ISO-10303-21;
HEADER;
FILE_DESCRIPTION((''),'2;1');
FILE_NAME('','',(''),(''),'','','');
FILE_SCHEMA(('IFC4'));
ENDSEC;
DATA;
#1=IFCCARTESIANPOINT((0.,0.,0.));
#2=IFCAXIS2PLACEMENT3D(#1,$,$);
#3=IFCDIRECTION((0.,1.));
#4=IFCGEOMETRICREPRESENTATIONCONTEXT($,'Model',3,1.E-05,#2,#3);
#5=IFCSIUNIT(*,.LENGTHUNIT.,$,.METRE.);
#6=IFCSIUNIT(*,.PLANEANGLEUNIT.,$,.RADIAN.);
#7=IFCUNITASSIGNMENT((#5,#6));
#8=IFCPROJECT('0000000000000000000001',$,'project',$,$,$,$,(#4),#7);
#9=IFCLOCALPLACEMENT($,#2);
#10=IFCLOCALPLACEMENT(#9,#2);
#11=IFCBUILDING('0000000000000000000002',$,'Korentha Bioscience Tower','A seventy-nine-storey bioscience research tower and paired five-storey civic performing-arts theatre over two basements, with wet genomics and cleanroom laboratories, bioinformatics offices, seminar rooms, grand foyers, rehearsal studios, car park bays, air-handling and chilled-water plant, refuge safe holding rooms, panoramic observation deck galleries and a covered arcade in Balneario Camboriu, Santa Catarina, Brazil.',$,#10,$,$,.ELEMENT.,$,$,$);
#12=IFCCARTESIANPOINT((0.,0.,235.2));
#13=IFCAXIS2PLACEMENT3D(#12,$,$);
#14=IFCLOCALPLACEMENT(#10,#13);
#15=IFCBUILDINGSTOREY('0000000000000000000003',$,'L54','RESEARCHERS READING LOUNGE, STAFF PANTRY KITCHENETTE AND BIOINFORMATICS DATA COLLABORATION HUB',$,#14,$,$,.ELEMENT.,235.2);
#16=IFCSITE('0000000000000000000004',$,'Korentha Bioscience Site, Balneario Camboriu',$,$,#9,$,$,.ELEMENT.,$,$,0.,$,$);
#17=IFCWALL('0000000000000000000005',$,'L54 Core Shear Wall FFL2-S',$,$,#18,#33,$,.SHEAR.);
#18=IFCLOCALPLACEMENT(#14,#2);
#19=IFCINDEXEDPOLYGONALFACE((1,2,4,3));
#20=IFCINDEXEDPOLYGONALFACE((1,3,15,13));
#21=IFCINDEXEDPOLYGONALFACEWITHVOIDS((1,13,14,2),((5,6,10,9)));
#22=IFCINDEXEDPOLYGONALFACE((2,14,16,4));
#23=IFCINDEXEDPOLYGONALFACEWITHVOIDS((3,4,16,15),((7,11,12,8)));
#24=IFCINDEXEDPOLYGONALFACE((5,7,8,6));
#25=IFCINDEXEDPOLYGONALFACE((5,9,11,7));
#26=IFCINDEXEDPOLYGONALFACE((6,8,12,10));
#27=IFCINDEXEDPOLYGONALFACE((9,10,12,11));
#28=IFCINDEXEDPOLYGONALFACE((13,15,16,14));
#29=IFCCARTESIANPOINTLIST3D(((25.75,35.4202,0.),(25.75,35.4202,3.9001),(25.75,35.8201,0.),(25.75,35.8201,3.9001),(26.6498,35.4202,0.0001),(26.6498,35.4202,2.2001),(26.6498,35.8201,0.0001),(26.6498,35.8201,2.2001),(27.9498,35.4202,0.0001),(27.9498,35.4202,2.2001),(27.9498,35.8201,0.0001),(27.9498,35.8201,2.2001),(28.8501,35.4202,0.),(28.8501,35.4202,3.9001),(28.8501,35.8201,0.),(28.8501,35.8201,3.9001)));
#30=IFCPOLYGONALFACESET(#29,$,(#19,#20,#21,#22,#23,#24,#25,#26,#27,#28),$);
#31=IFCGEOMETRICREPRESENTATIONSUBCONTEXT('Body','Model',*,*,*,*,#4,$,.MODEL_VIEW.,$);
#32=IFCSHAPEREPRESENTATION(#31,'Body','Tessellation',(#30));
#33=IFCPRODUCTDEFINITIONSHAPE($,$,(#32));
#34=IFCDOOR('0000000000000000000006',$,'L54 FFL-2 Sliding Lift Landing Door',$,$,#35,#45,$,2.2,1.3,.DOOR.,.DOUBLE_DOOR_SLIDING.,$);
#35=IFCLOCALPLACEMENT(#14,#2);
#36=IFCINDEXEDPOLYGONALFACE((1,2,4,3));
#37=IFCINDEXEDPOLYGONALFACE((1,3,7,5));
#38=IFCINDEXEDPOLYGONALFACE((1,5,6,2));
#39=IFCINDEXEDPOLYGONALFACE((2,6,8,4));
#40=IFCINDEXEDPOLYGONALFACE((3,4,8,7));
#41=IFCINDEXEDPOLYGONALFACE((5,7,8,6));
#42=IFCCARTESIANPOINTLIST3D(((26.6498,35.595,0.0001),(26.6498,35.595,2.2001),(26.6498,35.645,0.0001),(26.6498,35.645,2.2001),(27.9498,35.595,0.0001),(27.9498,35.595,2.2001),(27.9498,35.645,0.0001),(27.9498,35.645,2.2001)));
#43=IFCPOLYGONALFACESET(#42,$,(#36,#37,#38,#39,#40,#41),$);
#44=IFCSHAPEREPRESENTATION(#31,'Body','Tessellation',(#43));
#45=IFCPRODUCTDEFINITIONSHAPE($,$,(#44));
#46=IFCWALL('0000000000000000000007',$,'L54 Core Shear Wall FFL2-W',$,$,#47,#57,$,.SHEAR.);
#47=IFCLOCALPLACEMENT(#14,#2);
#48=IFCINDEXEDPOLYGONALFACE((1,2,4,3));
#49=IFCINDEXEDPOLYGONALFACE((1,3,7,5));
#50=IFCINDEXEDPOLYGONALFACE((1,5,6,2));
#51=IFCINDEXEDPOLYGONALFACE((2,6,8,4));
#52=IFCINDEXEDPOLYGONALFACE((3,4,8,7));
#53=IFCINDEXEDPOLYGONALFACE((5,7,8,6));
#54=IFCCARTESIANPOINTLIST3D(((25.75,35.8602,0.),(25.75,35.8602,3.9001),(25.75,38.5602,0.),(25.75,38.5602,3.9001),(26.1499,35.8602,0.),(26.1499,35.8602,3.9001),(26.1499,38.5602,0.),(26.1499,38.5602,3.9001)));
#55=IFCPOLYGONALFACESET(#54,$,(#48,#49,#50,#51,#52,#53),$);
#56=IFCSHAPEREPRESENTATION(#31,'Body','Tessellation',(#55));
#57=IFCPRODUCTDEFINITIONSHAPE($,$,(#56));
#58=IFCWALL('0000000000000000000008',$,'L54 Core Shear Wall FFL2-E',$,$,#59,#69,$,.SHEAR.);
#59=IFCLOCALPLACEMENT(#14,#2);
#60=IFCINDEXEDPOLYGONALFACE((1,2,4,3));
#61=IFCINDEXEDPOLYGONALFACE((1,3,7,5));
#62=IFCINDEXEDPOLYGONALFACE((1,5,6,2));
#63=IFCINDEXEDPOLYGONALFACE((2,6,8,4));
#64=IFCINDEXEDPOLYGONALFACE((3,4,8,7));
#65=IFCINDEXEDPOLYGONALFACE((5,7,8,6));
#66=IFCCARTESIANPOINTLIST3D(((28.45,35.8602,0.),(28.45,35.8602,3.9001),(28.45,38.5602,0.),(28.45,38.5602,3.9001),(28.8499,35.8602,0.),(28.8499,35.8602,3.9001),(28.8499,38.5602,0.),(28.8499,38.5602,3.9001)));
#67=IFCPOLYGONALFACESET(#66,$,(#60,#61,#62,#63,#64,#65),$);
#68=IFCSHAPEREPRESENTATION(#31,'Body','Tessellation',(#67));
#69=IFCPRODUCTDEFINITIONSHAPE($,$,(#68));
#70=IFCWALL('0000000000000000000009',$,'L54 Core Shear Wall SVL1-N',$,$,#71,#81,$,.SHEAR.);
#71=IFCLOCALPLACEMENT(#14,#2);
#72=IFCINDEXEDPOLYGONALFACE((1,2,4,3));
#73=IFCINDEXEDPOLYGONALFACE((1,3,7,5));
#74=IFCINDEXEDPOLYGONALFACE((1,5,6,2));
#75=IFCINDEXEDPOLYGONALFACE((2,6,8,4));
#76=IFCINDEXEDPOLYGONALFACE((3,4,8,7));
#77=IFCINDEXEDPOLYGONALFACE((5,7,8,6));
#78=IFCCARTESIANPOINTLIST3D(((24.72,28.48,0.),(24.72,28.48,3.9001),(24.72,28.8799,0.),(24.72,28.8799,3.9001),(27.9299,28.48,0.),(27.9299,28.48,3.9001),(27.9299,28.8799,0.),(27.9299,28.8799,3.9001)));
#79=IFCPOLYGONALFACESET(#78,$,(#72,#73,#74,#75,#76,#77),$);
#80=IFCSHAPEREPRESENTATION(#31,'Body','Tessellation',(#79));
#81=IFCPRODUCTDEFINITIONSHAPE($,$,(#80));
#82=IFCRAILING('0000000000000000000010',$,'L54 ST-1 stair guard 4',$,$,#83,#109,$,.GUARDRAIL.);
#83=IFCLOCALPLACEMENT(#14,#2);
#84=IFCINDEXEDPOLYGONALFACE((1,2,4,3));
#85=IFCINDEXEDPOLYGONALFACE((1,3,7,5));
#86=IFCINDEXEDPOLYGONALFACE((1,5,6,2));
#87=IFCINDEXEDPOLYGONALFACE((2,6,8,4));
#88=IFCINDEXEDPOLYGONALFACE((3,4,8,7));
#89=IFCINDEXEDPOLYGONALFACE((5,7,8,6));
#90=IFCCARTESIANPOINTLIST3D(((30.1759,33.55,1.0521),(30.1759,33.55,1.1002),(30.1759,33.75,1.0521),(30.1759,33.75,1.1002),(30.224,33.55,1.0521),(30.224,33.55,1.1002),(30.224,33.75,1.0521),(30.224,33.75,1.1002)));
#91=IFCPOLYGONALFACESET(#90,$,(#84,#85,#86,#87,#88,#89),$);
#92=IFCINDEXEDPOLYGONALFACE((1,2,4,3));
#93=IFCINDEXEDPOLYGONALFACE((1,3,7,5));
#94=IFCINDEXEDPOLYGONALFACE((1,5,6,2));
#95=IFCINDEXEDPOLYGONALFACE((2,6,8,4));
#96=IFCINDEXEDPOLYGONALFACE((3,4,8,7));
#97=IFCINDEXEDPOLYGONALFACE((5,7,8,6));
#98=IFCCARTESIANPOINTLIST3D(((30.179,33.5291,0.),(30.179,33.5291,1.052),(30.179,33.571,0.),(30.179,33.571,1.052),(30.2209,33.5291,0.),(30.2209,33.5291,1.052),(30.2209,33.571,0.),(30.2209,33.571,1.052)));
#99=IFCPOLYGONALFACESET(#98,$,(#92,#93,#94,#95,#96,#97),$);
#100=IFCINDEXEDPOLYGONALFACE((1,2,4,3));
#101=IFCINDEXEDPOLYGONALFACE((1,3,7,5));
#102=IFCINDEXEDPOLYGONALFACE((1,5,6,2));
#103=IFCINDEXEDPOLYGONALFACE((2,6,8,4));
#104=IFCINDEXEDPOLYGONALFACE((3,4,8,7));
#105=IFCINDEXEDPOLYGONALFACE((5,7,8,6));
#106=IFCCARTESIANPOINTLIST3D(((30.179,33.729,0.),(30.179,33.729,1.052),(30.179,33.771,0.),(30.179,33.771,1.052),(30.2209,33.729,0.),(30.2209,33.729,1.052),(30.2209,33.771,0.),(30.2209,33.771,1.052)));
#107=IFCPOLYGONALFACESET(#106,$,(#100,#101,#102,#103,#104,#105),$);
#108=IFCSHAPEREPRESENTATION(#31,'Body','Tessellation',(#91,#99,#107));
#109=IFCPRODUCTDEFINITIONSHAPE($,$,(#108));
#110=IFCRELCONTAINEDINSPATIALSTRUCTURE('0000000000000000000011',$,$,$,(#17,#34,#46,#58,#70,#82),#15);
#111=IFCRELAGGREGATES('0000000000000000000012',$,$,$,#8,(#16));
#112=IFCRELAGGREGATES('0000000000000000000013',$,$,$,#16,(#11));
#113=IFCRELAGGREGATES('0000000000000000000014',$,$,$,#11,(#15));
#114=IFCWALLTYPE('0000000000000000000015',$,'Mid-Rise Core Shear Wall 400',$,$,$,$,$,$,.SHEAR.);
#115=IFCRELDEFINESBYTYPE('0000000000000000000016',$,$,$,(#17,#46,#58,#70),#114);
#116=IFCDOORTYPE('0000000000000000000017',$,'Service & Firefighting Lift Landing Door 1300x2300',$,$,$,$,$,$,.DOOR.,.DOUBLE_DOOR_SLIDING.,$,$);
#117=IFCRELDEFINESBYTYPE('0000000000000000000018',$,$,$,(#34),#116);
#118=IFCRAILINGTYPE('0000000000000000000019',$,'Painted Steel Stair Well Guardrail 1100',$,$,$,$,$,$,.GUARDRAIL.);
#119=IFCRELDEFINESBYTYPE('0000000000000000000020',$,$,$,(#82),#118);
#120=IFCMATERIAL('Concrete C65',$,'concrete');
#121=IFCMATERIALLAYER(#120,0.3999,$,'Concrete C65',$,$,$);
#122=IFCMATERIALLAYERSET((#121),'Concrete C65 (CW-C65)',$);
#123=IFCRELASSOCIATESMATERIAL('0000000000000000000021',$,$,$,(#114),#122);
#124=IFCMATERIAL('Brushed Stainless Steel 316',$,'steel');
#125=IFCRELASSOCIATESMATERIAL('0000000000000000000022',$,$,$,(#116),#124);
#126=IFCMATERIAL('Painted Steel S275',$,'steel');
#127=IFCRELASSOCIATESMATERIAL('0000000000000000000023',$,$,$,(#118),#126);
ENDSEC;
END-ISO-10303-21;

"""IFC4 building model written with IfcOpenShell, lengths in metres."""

from ifc_helpers import new_model, si_unit, direction, frame, frame_2d, origin, origin_2d, place, context, subcontext, project, spatial, rectangle, extrude, material, layer, layer_set, type_object, element, fill, save


model = new_model("IFC4")

# Units and contexts
model_context = context("Model", 3, precision=1e-05, world=origin(), true_north=direction((0.0, 1.0)))
body_context = subcontext(model_context, "Body", "Model", "MODEL_VIEW")
ifc_project = project(units=[si_unit("LENGTHUNIT", "METRE"), si_unit("PLANEANGLEUNIT", "RADIAN")], contexts=[model_context])

# Site, building, storey
site_placement = place(None, origin())
site = spatial("IfcSite", under=ifc_project, at=site_placement, Name="Korentha Bioscience Site, Balneario Camboriu", CompositionType="ELEMENT", RefElevation=0.0)
building_placement = place(site_placement, origin())
building = spatial("IfcBuilding", under=site, at=building_placement, Name="Korentha Bioscience Tower", Description="A seventy-nine-storey bioscience research tower and paired five-storey civic performing-arts theatre over two basements, with wet genomics and cleanroom laboratories, bioinformatics offices, seminar rooms, grand foyers, rehearsal studios, car park bays, air-handling and chilled-water plant, refuge safe holding rooms, panoramic observation deck galleries and a covered arcade in Balneario Camboriu, Santa Catarina, Brazil.", CompositionType="ELEMENT")
storey_placement = place(building_placement, frame((0.0, 0.0, 235.2)))
storey = spatial("IfcBuildingStorey", under=building, at=storey_placement, Name="L54", Description="RESEARCHERS READING LOUNGE, STAFF PANTRY KITCHENETTE AND BIOINFORMATICS DATA COLLABORATION HUB", CompositionType="ELEMENT", Elevation=235.2)

# Shared definitions
ifc_material_1 = material(Name="Concrete C65", Category="concrete")

# Shared definitions
ifc_layer_1 = layer(ifc_material_1, 0.3999, Name="Concrete C65")
ifc_layer_set_1 = layer_set([ifc_layer_1], Name="Concrete C65 (CW-C65)")
wall_type_1 = type_object("IfcWallType", Name="Mid-Rise Core Shear Wall 400", PredefinedType="SHEAR", material=ifc_layer_set_1)

# Wall, opening, door
wall_1_placement = place(storey_placement, frame((25.75, 35.6201, 0.0), z_axis=(0.0, 0.0, 1.0), x_axis=(1.0, 0.0, 0.0)))
wall_1 = element("IfcWall", 1, at=wall_1_placement, inside=storey, type_object=wall_type_1, Name="L54 Core Shear Wall FFL2-S", PredefinedType="SHEAR", context=body_context, shape_type="SweptSolid", body=[
    extrude(rectangle(XDim=3.1001, YDim=0.3999, at=frame_2d((1.55, 0.0))), origin(), (0.0, 0.0, 1.0), 3.9001),
])
opening_1_placement = place(wall_1_placement, frame((0.8999, 0.0, 0.0)))
opening_1 = element("IfcOpeningElement", 2, at=opening_1_placement, cuts=wall_1, PredefinedType="OPENING", context=body_context, shape_type="SweptSolid", body=[
    extrude(rectangle(XDim=1.3, YDim=2.2, at=frame_2d((0.6499, 1.1001))), frame((0.0, 0.2148, 0.0), z_axis=(0.0, -1.0, 0.0), x_axis=(1.0, 0.0, 0.0)), (0.0, 0.0, 1.0), 0.4297),
])
ifc_material_2 = material(Name="Brushed Stainless Steel 316", Category="steel")
door_type_1 = type_object("IfcDoorType", Name="Service & Firefighting Lift Landing Door 1300x2300", OperationType="DOUBLE_DOOR_SLIDING", PredefinedType="DOOR", material=ifc_material_2)
door_1_placement = place(opening_1_placement, origin())
door_1 = element("IfcDoor", 3, at=door_1_placement, inside=storey, type_object=door_type_1, Name="L54 FFL-2 Sliding Lift Landing Door", OperationType="DOUBLE_DOOR_SLIDING", OverallHeight=2.2, OverallWidth=1.3, PredefinedType="DOOR", context=body_context, shape_type="SweptSolid", body=[
    extrude(rectangle(XDim=1.3, YDim=2.2, at=frame_2d((0.6499, 1.1001))), frame((0.0, 0.0249, 0.0), z_axis=(0.0, -1.0, 0.0), x_axis=(1.0, 0.0, 0.0)), (0.0, 0.0, 1.0), 0.05),
])
fill(opening_1, door_1)

# Walls
for number, where, z_axis, x_axis, name in (
    (4, (25.95, 35.8601, 0.0), (0.0, 0.0, 1.0), (0.0, 1.0, 0.0), "L54 Core Shear Wall FFL2-W"),
    (5, (28.6499, 35.8601, 0.0), (0.0, 0.0, 1.0), (0.0, 1.0, 0.0), "L54 Core Shear Wall FFL2-E"),
):
    element("IfcWall", number, at=place(storey_placement, frame(where, z_axis=z_axis, x_axis=x_axis)), inside=storey, type_object=wall_type_1, Name=name, PredefinedType="SHEAR", context=body_context, shape_type="SweptSolid", body=[
        extrude(rectangle(XDim=2.7, YDim=0.3999, at=frame_2d((1.3501, 0.0))), origin(), (0.0, 0.0, 1.0), 3.9001),
    ])
wall_2_placement = place(storey_placement, frame((24.72, 28.6799, 0.0), z_axis=(0.0, 0.0, 1.0), x_axis=(1.0, 0.0, 0.0)))
element("IfcWall", 6, at=wall_2_placement, inside=storey, type_object=wall_type_1, Name="L54 Core Shear Wall SVL1-N", PredefinedType="SHEAR", context=body_context, shape_type="SweptSolid", body=[
    extrude(rectangle(XDim=3.21, YDim=0.3999, at=frame_2d((1.605, 0.0))), origin(), (0.0, 0.0, 1.0), 3.9001),
])

# Railing
ifc_material_3 = material(Name="Painted Steel S275", Category="steel")
railing_type = type_object("IfcRailingType", Name="Painted Steel Stair Well Guardrail 1100", PredefinedType="GUARDRAIL", material=ifc_material_3)
railing_placement = place(storey_placement, frame((30.2, 33.55, 0.0)))
element("IfcRailing", 7, at=railing_placement, inside=storey, type_object=railing_type, Name="L54 ST-1 stair guard 4", PredefinedType="GUARDRAIL", context=body_context, shape_type="SweptSolid", body=[
    extrude(rectangle(XDim=0.0481, YDim=0.0481, at=origin_2d()), frame((0.0, 0.0, 1.0762), z_axis=(0.0, 1.0, 0.0), x_axis=(-1.0, 0.0, 0.0)), (0.0, 0.0, 1.0), 0.2),
    extrude(rectangle(XDim=0.042, YDim=0.042, at=origin_2d()), origin(), (0.0, 0.0, 1.0), 1.052),
    extrude(rectangle(XDim=0.042, YDim=0.042, at=origin_2d()), frame((0.0, 0.2, 0.0)), (0.0, 0.0, 1.0), 1.052),
])

save(model, "model.ifc")
